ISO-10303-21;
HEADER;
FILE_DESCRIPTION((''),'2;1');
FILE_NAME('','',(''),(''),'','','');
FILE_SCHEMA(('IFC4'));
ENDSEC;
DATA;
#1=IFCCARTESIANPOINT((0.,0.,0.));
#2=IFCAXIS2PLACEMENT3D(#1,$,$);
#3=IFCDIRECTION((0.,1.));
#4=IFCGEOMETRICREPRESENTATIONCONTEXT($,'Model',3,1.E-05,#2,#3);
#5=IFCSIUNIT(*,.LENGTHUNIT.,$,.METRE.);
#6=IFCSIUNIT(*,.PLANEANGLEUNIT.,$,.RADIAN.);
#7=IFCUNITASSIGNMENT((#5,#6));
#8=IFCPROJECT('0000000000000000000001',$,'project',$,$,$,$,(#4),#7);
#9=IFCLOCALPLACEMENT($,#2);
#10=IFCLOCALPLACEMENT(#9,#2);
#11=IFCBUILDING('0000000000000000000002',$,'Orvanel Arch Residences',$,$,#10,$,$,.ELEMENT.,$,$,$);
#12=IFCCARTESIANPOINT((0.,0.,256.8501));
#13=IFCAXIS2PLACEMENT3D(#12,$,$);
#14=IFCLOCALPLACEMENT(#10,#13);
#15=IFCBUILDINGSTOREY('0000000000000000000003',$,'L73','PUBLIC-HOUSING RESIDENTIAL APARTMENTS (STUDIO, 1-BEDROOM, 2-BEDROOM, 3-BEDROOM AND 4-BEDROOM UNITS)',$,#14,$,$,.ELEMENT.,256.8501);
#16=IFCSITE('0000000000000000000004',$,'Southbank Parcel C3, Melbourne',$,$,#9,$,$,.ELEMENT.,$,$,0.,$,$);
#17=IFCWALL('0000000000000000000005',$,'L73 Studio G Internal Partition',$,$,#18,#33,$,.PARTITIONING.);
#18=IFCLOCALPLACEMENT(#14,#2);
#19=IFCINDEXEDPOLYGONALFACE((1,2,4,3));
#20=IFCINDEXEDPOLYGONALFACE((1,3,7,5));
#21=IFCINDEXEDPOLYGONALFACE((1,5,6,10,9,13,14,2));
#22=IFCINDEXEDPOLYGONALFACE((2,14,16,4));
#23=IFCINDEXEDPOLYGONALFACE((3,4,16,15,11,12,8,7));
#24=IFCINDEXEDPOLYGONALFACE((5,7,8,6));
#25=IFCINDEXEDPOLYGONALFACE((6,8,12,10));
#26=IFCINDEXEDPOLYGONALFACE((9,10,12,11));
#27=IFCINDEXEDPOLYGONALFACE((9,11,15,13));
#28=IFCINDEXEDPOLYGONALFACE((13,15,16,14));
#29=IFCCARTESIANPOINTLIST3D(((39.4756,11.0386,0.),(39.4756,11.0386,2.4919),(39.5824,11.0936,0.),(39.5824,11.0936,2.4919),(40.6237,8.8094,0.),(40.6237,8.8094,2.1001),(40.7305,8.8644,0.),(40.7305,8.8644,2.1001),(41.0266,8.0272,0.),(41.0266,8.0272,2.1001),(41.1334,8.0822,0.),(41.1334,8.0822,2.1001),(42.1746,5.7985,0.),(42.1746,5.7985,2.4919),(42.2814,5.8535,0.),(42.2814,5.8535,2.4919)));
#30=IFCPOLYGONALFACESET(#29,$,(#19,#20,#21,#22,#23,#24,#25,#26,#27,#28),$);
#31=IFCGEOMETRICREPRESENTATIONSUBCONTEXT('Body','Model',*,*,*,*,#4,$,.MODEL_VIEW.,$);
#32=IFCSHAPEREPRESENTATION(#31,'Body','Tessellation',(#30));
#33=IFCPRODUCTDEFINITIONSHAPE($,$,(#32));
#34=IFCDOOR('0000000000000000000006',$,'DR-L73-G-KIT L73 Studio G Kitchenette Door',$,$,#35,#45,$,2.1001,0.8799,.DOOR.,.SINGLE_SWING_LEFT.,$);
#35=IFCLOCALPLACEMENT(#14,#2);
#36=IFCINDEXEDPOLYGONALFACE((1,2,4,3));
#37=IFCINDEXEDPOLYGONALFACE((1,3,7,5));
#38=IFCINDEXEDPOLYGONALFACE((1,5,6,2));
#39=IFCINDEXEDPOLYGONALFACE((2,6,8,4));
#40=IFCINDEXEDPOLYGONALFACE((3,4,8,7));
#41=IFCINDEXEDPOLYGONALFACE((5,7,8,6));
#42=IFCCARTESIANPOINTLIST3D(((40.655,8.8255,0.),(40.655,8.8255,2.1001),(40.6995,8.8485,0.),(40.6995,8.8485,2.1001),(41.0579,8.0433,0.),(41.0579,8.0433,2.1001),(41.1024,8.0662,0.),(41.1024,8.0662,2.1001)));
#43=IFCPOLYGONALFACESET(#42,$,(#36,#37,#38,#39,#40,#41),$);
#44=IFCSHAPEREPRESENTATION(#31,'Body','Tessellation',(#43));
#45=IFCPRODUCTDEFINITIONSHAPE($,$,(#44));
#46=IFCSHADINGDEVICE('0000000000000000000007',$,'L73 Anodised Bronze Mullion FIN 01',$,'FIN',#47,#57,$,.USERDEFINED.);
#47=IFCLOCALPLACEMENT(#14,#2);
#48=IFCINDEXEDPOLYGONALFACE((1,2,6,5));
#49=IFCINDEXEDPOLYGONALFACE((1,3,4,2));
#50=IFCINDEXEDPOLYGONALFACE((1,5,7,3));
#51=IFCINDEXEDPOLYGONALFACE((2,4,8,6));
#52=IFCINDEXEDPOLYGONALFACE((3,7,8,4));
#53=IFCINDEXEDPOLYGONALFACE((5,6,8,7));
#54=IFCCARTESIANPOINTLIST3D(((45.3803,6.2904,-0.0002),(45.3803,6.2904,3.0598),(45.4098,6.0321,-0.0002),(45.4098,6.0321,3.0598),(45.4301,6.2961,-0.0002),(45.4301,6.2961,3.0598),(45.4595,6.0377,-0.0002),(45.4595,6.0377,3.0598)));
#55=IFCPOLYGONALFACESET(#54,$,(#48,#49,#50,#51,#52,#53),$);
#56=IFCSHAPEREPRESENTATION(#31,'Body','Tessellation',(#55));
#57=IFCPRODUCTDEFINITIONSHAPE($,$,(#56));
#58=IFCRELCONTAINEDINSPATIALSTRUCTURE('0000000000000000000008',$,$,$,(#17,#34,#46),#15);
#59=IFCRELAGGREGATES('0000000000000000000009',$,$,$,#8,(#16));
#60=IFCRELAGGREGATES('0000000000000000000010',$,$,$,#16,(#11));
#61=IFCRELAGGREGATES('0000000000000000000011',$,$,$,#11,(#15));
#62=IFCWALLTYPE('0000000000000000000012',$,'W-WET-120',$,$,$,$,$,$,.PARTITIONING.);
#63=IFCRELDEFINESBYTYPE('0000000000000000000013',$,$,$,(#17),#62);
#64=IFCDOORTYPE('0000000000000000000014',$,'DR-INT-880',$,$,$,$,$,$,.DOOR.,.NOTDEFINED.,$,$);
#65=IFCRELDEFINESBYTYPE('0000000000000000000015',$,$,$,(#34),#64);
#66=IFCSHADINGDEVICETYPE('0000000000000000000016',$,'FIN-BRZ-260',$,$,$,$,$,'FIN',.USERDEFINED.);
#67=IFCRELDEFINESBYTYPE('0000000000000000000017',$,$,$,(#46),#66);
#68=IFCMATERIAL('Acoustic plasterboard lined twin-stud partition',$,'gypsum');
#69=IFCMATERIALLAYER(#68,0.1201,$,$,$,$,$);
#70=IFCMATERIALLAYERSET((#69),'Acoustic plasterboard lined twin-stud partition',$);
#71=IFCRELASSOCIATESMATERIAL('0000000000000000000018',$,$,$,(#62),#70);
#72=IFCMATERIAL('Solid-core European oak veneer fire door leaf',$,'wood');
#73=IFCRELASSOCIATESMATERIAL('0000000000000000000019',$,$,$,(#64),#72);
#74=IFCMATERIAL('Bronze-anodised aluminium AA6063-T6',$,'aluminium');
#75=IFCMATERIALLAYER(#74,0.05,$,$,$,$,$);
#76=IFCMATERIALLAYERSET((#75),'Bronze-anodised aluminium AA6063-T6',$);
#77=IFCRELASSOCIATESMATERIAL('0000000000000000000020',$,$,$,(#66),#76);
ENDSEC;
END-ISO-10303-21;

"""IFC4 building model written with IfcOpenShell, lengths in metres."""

from ifc_helpers import new_model, si_unit, direction, frame, frame_2d, origin, origin_2d, place, context, subcontext, project, spatial, rectangle, extrude, material, layer, layer_set, type_object, element, fill, save


model = new_model("IFC4")

# Units and contexts
model_context = context("Model", 3, precision=1e-05, world=origin(), true_north=direction((0.0, 1.0)))
body_context = subcontext(model_context, "Body", "Model", "MODEL_VIEW")
ifc_project = project(units=[si_unit("LENGTHUNIT", "METRE"), si_unit("PLANEANGLEUNIT", "RADIAN")], contexts=[model_context])

# Site, building, storey
site_placement = place(None, origin())
site = spatial("IfcSite", under=ifc_project, at=site_placement, Name="Southbank Parcel C3, Melbourne", CompositionType="ELEMENT", RefElevation=0.0)
building_placement = place(site_placement, origin())
building = spatial("IfcBuilding", under=site, at=building_placement, Name="Orvanel Arch Residences", CompositionType="ELEMENT")
storey_placement = place(building_placement, frame((0.0, 0.0, 256.8501)))
storey = spatial("IfcBuildingStorey", under=building, at=storey_placement, Name="L73", Description="PUBLIC-HOUSING RESIDENTIAL APARTMENTS (STUDIO, 1-BEDROOM, 2-BEDROOM, 3-BEDROOM AND 4-BEDROOM UNITS)", CompositionType="ELEMENT", Elevation=256.8501)

# Shared definitions
ifc_material_1 = material(Name="Bronze-anodised aluminium AA6063-T6", Category="aluminium")

# Wall, opening, door
ifc_material_2 = material(Name="Acoustic plasterboard lined twin-stud partition", Category="gypsum")
ifc_layer_1 = layer(ifc_material_2, 0.1201)
ifc_layer_set_1 = layer_set([ifc_layer_1], Name="Acoustic plasterboard lined twin-stud partition")
wall_type_1 = type_object("IfcWallType", Name="W-WET-120", PredefinedType="PARTITIONING", material=ifc_layer_set_1)
wall_1_placement = place(storey_placement, frame((42.228, 5.8259, 0.0), z_axis=(0.0, 0.0, 1.0), x_axis=(-0.457901, 0.889003, 0.0)))
wall_1 = element("IfcWall", 1, at=wall_1_placement, inside=storey, type_object=wall_type_1, Name="L73 Studio G Internal Partition", PredefinedType="PARTITIONING", context=body_context, shape_type="SweptSolid", body=[
    extrude(rectangle(XDim=5.8943, YDim=0.1201, at=frame_2d((2.9473, 0.0))), origin(), (0.0, 0.0, 1.0), 2.4919),
])
opening_placement = place(wall_1_placement, frame((2.5071, 0.0, 0.0)))
opening = element("IfcOpeningElement", 2, at=opening_placement, cuts=wall_1, PredefinedType="OPENING", context=body_context, shape_type="SweptSolid", body=[
    extrude(rectangle(XDim=0.8799, YDim=2.1001, at=frame_2d((0.4399, 1.05))), frame((0.0, 0.0701, 0.0), z_axis=(0.0, -1.0, 0.0), x_axis=(1.0, 0.0, 0.0)), (0.0, 0.0, 1.0), 0.1401),
])
ifc_material_3 = material(Name="Solid-core European oak veneer fire door leaf", Category="wood")
door_type = type_object("IfcDoorType", Name="DR-INT-880", OperationType="NOTDEFINED", PredefinedType="DOOR", material=ifc_material_3)
door_placement = place(opening_placement, origin())
door = element("IfcDoor", 3, at=door_placement, inside=storey, type_object=door_type, Name="DR-L73-G-KIT L73 Studio G Kitchenette Door", OperationType="SINGLE_SWING_LEFT", OverallHeight=2.1001, OverallWidth=0.8799, PredefinedType="DOOR", context=body_context, shape_type="SweptSolid", body=[
    extrude(rectangle(XDim=0.8799, YDim=2.1001, at=frame_2d((0.4399, 1.05))), frame((0.0, 0.0249, 0.0), z_axis=(0.0, -1.0, 0.0), x_axis=(1.0, 0.0, 0.0)), (0.0, 0.0, 1.0), 0.05),
])
fill(opening, door)

# Shading device
ifc_layer_2 = layer(ifc_material_1, 0.05)
ifc_layer_set_2 = layer_set([ifc_layer_2], Name="Bronze-anodised aluminium AA6063-T6")
shading_device_type = type_object("IfcShadingDeviceType", Name="FIN-BRZ-260", ElementType="FIN", PredefinedType="USERDEFINED", material=ifc_layer_set_2)
shading_device_placement = place(storey_placement, frame((45.4199, 6.1641, -0.0002), z_axis=(0.0, 0.0, 1.0), x_axis=(0.113203, -0.993572, 0.0)))
element("IfcShadingDevice", 4, at=shading_device_placement, inside=storey, type_object=shading_device_type, Name="L73 Anodised Bronze Mullion FIN 01", ObjectType="FIN", PredefinedType="USERDEFINED", context=body_context, shape_type="SweptSolid", body=[
    extrude(rectangle(XDim=0.26, YDim=0.05, at=origin_2d()), origin(), (0.0, 0.0, 1.0), 3.0601),
])

save(model, "model.ifc")
